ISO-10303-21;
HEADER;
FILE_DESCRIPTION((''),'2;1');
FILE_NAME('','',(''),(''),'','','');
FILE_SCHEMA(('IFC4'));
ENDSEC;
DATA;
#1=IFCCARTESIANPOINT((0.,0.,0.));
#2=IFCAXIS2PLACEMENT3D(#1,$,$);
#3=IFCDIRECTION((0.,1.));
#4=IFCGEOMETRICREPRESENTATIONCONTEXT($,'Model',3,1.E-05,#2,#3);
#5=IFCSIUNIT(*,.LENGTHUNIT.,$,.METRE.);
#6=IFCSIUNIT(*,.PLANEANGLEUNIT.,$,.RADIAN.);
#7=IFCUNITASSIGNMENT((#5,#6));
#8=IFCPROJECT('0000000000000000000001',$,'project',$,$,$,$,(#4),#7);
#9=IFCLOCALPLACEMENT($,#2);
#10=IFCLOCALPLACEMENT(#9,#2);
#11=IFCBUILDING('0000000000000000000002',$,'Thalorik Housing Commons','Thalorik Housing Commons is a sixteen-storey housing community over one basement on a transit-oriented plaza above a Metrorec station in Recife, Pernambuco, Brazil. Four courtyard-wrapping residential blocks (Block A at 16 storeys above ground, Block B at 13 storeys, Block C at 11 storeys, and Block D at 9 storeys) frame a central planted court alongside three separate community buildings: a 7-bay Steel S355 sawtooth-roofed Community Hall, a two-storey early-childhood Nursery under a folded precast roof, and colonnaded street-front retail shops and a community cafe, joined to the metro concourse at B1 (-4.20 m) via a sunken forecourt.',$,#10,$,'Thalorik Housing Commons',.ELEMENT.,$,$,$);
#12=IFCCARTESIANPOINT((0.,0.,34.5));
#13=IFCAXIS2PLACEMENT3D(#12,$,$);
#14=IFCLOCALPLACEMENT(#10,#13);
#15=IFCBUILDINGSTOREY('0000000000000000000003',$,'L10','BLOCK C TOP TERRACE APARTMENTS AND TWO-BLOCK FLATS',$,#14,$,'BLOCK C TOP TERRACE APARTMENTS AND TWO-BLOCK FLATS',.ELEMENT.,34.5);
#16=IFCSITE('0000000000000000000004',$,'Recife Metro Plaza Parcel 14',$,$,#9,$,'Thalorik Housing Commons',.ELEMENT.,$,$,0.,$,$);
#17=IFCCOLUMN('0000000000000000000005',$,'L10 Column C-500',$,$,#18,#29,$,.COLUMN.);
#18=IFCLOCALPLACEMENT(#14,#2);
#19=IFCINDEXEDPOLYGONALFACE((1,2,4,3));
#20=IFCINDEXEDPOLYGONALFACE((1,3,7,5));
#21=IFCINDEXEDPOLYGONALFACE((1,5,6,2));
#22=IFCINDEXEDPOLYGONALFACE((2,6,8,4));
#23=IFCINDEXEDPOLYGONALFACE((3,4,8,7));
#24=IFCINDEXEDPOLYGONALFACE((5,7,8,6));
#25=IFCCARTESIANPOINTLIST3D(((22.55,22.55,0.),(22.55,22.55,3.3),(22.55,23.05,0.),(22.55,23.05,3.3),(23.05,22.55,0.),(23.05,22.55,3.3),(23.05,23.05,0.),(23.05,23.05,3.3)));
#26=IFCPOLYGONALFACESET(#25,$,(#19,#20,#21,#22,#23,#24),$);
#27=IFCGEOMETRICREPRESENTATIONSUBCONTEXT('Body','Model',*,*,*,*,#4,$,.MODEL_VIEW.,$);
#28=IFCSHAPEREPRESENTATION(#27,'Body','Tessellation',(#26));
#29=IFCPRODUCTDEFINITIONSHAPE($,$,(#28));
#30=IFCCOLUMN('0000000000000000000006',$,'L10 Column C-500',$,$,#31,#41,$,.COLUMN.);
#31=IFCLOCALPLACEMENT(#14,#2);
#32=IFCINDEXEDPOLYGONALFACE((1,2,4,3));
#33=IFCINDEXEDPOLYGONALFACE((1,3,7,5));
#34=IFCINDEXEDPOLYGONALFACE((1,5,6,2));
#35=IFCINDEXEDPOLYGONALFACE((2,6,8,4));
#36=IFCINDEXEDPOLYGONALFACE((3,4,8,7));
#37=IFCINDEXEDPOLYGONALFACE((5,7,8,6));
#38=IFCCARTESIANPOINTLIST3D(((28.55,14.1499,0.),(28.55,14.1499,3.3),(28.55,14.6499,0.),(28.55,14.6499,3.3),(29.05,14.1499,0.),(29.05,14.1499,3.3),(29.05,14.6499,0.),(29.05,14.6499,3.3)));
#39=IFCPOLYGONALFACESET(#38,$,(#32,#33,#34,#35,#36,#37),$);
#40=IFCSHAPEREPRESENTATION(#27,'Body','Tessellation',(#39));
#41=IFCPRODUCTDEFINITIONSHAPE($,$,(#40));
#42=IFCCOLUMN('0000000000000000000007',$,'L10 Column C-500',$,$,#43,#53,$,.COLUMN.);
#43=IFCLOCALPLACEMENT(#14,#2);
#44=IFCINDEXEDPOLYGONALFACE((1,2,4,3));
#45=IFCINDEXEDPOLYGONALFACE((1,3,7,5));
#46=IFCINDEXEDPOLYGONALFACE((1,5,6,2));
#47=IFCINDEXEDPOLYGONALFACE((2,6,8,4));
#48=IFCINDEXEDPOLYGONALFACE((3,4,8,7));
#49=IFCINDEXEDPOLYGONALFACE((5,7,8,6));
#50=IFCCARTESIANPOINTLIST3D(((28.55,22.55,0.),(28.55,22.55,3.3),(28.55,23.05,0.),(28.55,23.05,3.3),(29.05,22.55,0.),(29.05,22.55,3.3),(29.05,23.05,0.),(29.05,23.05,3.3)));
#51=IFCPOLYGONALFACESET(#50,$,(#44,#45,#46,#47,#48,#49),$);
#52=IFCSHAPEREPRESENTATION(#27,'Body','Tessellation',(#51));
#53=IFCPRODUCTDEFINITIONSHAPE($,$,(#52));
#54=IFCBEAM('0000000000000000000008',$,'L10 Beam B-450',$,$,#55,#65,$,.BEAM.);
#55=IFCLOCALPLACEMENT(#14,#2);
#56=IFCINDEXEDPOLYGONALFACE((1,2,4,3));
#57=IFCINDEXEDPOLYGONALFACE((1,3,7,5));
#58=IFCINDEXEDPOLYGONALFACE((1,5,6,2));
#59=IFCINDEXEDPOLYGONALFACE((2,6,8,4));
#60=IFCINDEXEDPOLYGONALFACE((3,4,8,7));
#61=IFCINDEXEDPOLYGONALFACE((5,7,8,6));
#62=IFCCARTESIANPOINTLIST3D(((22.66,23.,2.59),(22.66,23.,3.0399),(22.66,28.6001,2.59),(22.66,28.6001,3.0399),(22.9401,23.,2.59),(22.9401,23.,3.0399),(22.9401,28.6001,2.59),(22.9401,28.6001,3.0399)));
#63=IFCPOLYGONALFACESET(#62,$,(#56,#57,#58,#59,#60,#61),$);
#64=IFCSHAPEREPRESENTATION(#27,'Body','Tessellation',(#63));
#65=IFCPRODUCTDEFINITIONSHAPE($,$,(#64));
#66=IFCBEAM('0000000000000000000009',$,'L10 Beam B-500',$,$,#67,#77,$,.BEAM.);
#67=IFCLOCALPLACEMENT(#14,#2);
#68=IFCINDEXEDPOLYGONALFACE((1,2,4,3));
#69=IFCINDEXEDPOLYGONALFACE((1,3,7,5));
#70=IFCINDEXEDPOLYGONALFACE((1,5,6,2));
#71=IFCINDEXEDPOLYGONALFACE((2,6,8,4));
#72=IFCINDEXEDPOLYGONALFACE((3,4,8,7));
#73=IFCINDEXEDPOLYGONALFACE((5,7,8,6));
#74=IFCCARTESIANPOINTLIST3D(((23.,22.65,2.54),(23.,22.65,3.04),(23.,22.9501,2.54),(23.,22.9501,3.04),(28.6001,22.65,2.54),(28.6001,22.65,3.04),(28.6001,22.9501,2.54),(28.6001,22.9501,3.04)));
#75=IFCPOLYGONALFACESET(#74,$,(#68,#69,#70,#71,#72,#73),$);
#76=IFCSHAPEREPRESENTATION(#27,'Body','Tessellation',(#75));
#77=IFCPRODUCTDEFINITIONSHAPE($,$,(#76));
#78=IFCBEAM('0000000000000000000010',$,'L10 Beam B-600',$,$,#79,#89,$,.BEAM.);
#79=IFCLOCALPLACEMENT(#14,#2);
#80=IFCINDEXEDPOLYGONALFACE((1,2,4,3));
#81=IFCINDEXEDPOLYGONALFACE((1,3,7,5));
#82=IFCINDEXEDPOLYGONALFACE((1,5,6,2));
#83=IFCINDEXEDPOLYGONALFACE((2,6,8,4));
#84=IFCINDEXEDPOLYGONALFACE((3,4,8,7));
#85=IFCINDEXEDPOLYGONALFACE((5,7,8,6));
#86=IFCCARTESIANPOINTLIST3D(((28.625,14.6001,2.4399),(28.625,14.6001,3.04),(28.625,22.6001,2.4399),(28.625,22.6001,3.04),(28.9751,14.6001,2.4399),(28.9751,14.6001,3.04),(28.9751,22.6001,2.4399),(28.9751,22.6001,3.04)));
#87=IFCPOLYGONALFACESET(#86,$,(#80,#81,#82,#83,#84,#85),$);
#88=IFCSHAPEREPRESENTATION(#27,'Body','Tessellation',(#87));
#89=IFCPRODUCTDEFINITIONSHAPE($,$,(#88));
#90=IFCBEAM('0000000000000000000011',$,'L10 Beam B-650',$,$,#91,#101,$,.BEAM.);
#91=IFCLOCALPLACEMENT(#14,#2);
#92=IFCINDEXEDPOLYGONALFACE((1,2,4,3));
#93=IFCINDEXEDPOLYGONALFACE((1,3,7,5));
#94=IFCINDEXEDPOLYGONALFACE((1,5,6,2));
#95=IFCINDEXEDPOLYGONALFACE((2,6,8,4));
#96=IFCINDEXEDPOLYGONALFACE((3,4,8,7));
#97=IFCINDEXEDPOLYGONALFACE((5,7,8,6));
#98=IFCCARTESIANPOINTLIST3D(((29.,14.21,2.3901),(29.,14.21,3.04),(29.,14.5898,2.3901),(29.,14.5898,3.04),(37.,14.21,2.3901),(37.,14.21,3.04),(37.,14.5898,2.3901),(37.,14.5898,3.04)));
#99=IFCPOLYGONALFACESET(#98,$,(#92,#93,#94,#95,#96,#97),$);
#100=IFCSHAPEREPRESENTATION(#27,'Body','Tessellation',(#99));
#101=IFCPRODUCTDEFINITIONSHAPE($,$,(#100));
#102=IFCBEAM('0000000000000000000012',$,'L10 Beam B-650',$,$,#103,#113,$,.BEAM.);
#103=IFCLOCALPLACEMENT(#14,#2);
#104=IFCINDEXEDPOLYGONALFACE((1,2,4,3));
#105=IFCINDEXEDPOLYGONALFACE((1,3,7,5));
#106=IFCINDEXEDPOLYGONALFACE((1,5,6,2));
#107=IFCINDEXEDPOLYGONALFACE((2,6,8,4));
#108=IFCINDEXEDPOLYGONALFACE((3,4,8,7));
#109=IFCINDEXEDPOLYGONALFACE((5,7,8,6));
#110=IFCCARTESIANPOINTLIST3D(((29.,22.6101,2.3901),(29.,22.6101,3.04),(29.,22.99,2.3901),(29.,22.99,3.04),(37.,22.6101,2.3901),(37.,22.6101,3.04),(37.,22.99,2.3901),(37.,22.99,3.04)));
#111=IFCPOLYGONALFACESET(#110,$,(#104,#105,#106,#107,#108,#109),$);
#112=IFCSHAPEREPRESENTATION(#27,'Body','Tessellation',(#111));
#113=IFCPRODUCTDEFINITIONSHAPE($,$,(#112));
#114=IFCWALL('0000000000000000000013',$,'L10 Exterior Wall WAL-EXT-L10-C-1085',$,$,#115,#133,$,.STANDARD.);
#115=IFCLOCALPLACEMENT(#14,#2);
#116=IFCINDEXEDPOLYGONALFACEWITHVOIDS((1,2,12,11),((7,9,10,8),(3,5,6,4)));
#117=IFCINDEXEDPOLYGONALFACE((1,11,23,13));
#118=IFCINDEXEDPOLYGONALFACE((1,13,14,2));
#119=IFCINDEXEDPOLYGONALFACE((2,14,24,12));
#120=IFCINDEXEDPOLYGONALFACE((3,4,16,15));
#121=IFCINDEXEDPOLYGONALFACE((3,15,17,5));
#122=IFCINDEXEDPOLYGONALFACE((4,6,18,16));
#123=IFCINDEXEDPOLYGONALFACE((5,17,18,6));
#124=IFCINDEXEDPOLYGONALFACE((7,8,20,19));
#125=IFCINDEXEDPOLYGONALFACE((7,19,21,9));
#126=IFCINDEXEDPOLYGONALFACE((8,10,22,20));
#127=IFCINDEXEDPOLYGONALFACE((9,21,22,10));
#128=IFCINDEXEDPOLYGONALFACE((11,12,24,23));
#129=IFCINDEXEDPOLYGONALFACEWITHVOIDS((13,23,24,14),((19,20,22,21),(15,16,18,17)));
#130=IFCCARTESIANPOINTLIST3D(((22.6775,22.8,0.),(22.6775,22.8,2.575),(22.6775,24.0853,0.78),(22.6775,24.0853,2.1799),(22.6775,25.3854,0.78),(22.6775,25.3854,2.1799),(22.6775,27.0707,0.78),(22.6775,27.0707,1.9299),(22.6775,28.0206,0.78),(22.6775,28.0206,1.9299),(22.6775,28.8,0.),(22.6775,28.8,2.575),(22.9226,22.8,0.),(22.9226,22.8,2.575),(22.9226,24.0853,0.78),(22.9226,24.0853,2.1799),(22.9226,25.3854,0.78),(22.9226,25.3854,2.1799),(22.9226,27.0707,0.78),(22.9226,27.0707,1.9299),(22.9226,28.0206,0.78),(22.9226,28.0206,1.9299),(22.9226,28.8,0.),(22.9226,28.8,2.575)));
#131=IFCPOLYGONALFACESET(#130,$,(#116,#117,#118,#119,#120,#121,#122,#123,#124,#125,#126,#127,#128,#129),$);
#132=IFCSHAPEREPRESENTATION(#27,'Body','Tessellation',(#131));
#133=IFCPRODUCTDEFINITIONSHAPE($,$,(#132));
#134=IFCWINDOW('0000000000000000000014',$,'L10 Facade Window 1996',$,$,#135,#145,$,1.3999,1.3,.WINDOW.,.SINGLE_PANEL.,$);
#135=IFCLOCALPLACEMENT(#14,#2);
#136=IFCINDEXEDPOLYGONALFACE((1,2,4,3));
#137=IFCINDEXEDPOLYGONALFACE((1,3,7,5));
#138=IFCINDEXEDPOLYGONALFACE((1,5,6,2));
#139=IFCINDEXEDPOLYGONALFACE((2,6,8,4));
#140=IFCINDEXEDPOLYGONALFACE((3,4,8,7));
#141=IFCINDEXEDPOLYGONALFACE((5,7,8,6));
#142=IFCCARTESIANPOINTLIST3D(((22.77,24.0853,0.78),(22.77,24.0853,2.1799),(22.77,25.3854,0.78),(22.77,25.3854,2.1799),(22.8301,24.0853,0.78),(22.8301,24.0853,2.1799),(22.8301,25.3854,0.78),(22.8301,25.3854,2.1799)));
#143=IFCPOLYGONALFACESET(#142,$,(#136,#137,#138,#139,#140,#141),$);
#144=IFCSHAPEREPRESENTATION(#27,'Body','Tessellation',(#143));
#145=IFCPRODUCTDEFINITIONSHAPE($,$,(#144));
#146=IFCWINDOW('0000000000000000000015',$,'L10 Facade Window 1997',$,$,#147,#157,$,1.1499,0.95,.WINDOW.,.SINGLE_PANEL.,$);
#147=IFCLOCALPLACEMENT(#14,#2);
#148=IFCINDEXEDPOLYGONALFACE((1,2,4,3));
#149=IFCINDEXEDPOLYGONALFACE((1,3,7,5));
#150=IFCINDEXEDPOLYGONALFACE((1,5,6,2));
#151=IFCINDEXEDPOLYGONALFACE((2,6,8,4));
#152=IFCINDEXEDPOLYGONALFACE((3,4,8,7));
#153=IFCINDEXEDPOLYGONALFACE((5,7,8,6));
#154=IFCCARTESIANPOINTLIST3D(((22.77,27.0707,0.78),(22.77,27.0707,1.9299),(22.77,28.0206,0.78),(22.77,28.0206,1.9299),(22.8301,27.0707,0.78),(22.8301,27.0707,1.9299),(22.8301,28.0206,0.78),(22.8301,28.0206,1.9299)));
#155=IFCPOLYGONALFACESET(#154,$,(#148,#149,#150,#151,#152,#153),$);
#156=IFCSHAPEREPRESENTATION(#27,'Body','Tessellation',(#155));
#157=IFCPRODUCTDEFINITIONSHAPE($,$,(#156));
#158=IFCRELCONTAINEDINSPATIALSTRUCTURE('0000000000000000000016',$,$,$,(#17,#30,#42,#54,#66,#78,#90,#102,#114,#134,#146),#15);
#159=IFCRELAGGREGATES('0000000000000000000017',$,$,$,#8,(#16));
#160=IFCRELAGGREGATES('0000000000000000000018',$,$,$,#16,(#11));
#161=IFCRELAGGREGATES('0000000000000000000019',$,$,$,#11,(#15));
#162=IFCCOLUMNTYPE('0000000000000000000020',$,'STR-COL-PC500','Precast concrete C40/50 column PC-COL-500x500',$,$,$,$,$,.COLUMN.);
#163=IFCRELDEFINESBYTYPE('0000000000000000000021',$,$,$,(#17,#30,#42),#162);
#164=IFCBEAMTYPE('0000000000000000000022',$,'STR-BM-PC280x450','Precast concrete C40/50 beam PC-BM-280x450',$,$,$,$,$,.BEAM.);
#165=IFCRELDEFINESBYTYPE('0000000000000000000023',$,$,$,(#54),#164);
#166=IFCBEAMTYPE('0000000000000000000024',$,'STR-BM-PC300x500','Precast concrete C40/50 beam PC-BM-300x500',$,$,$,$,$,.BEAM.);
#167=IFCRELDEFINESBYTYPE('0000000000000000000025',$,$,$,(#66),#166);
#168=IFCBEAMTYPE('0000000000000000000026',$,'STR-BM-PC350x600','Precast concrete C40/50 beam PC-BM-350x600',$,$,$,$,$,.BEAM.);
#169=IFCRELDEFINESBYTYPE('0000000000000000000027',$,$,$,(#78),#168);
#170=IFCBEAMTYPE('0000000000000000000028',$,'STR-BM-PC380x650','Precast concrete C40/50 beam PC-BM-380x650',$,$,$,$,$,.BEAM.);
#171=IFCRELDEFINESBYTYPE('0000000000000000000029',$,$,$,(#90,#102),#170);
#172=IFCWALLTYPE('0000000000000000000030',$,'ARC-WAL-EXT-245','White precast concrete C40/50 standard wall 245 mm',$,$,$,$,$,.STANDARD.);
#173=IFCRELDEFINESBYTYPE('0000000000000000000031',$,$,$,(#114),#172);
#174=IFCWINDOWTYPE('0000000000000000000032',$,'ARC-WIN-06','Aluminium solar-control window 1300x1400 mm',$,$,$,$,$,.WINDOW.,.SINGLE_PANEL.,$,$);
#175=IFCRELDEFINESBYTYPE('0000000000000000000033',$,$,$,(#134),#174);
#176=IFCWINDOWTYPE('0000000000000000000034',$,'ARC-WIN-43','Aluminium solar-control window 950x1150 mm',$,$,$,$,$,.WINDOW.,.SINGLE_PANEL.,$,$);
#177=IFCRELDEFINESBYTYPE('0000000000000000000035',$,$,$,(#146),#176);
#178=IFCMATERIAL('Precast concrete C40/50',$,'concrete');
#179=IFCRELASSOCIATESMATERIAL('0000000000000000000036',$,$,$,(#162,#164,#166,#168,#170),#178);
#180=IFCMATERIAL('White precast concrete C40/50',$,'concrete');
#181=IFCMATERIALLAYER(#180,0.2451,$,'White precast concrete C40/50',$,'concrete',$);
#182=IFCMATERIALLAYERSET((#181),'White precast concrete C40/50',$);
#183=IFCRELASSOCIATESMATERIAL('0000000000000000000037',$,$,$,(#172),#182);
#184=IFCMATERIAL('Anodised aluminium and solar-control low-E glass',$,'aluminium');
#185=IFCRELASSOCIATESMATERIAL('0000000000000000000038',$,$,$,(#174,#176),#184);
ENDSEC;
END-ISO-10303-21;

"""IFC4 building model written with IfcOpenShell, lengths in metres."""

from ifc_helpers import new_model, si_unit, direction, frame, frame_2d, origin, origin_2d, place, context, subcontext, project, spatial, rectangle, extrude, material, layer, layer_set, material_profile, profile_set, type_object, element, fill, save


model = new_model("IFC4")

# Units and contexts
model_context = context("Model", 3, precision=1e-05, world=origin(), true_north=direction((0.0, 1.0)))
body_context = subcontext(model_context, "Body", "Model", "MODEL_VIEW")
ifc_project = project(units=[si_unit("LENGTHUNIT", "METRE"), si_unit("PLANEANGLEUNIT", "RADIAN")], contexts=[model_context])

# Site, building, storey
site_placement = place(None, origin())
site = spatial("IfcSite", under=ifc_project, at=site_placement, Name="Recife Metro Plaza Parcel 14", LongName="Thalorik Housing Commons", CompositionType="ELEMENT", RefElevation=0.0)
building_placement = place(site_placement, origin())
building = spatial("IfcBuilding", under=site, at=building_placement, Name="Thalorik Housing Commons", Description="Thalorik Housing Commons is a sixteen-storey housing community over one basement on a transit-oriented plaza above a Metrorec station in Recife, Pernambuco, Brazil. Four courtyard-wrapping residential blocks (Block A at 16 storeys above ground, Block B at 13 storeys, Block C at 11 storeys, and Block D at 9 storeys) frame a central planted court alongside three separate community buildings: a 7-bay Steel S355 sawtooth-roofed Community Hall, a two-storey early-childhood Nursery under a folded precast roof, and colonnaded street-front retail shops and a community cafe, joined to the metro concourse at B1 (-4.20 m) via a sunken forecourt.", LongName="Thalorik Housing Commons", CompositionType="ELEMENT")
storey_placement = place(building_placement, frame((0.0, 0.0, 34.5)))
storey = spatial("IfcBuildingStorey", under=building, at=storey_placement, Name="L10", Description="BLOCK C TOP TERRACE APARTMENTS AND TWO-BLOCK FLATS", LongName="BLOCK C TOP TERRACE APARTMENTS AND TWO-BLOCK FLATS", CompositionType="ELEMENT", Elevation=34.5)

# Columns
ifc_material_1 = material(Name="Precast concrete C40/50", Category="concrete")
ifc_material_profile_1 = material_profile(ifc_material_1, rectangle(XDim=0.5, YDim=0.5, at=origin_2d()), Name="PC 500x500", Category="concrete")
ifc_profile_set_1 = profile_set([ifc_material_profile_1], Name="Precast concrete C40/50")
column_type = type_object("IfcColumnType", Name="STR-COL-PC500", Description="Precast concrete C40/50 column PC-COL-500x500", PredefinedType="COLUMN", material=ifc_profile_set_1)
for number, where, z_axis, x_axis, name in (
    (1, (22.8, 22.8, 0.0), (0.0, 0.0, 1.0), (1.0, 0.0, 0.0), "L10 Column C-500"),
    (2, (28.8, 14.3999, 0.0), (0.0, 0.0, 1.0), (1.0, 0.0, 0.0), "L10 Column C-500"),
    (3, (28.8, 22.8, 0.0), (0.0, 0.0, 1.0), (1.0, 0.0, 0.0), "L10 Column C-500"),
):
    element("IfcColumn", number, at=place(storey_placement, frame(where, z_axis=z_axis, x_axis=x_axis)), inside=storey, type_object=column_type, Name=name, PredefinedType="COLUMN", context=body_context, shape_type="SweptSolid", body=[
        extrude(rectangle(XDim=0.5, YDim=0.5, at=origin_2d()), origin(), (0.0, 0.0, 1.0), 3.3),
    ])

# Beams
ifc_material_profile_2 = material_profile(ifc_material_1, rectangle(XDim=0.28, YDim=0.45, at=origin_2d()), Name="PC 280x450", Category="concrete")
ifc_profile_set_2 = profile_set([ifc_material_profile_2], Name="Precast concrete C40/50")
beam_type_1 = type_object("IfcBeamType", Name="STR-BM-PC280x450", Description="Precast concrete C40/50 beam PC-BM-280x450", PredefinedType="BEAM", material=ifc_profile_set_2)
beam_1_placement = place(storey_placement, frame((22.8, 23.0, 2.8149), z_axis=(0.0, 1.0, 0.0), x_axis=(-1.0, 0.0, 0.0)))
element("IfcBeam", 4, at=beam_1_placement, inside=storey, type_object=beam_type_1, Name="L10 Beam B-450", PredefinedType="BEAM", context=body_context, shape_type="SweptSolid", body=[
    extrude(rectangle(XDim=0.28, YDim=0.45, at=origin_2d()), origin(), (0.0, 0.0, 1.0), 5.6001),
])
ifc_material_profile_3 = material_profile(ifc_material_1, rectangle(XDim=0.3, YDim=0.5, at=origin_2d()), Name="PC 300x500", Category="concrete")
ifc_profile_set_3 = profile_set([ifc_material_profile_3], Name="Precast concrete C40/50")
beam_type_2 = type_object("IfcBeamType", Name="STR-BM-PC300x500", Description="Precast concrete C40/50 beam PC-BM-300x500", PredefinedType="BEAM", material=ifc_profile_set_3)
beam_2_placement = place(storey_placement, frame((23.0, 22.8, 2.79), z_axis=(1.0, 0.0, 0.0), x_axis=(0.0, 1.0, 0.0)))
element("IfcBeam", 5, at=beam_2_placement, inside=storey, type_object=beam_type_2, Name="L10 Beam B-500", PredefinedType="BEAM", context=body_context, shape_type="SweptSolid", body=[
    extrude(rectangle(XDim=0.3, YDim=0.5, at=origin_2d()), origin(), (0.0, 0.0, 1.0), 5.6001),
])
ifc_material_profile_4 = material_profile(ifc_material_1, rectangle(XDim=0.3501, YDim=0.6001, at=origin_2d()), Name="PC 350x600", Category="concrete")
ifc_profile_set_4 = profile_set([ifc_material_profile_4], Name="Precast concrete C40/50")
beam_type_3 = type_object("IfcBeamType", Name="STR-BM-PC350x600", Description="Precast concrete C40/50 beam PC-BM-350x600", PredefinedType="BEAM", material=ifc_profile_set_4)
beam_3_placement = place(storey_placement, frame((28.8, 14.6001, 2.74), z_axis=(0.0, 1.0, 0.0), x_axis=(-1.0, 0.0, 0.0)))
element("IfcBeam", 6, at=beam_3_placement, inside=storey, type_object=beam_type_3, Name="L10 Beam B-600", PredefinedType="BEAM", context=body_context, shape_type="SweptSolid", body=[
    extrude(rectangle(XDim=0.3501, YDim=0.6001, at=origin_2d()), origin(), (0.0, 0.0, 1.0), 8.0),
])
ifc_material_profile_5 = material_profile(ifc_material_1, rectangle(XDim=0.3799, YDim=0.6499, at=origin_2d()), Name="PC 380x650", Category="concrete")
ifc_profile_set_5 = profile_set([ifc_material_profile_5], Name="Precast concrete C40/50")
beam_type_4 = type_object("IfcBeamType", Name="STR-BM-PC380x650", Description="Precast concrete C40/50 beam PC-BM-380x650", PredefinedType="BEAM", material=ifc_profile_set_5)
for number, where, z_axis, x_axis, name in (
    (7, (29.0, 14.3999, 2.7151), (1.0, 0.0, 0.0), (0.0, 1.0, 0.0), "L10 Beam B-650"),
    (8, (29.0, 22.8, 2.7151), (1.0, 0.0, 0.0), (0.0, 1.0, 0.0), "L10 Beam B-650"),
):
    element("IfcBeam", number, at=place(storey_placement, frame(where, z_axis=z_axis, x_axis=x_axis)), inside=storey, type_object=beam_type_4, Name=name, PredefinedType="BEAM", context=body_context, shape_type="SweptSolid", body=[
        extrude(rectangle(XDim=0.3799, YDim=0.6499, at=origin_2d()), origin(), (0.0, 0.0, 1.0), 8.0),
    ])

# Wall, openings, windows
ifc_material_2 = material(Name="White precast concrete C40/50", Category="concrete")
ifc_layer_1 = layer(ifc_material_2, 0.2451, Name="White precast concrete C40/50", Category="concrete")
ifc_layer_set_1 = layer_set([ifc_layer_1], Name="White precast concrete C40/50")
wall_type_1 = type_object("IfcWallType", Name="ARC-WAL-EXT-245", Description="White precast concrete C40/50 standard wall 245 mm", PredefinedType="STANDARD", material=ifc_layer_set_1)
wall_1_placement = place(storey_placement, frame((22.8, 22.8, 0.0), z_axis=(0.0, 0.0, 1.0), x_axis=(0.0, 1.0, 0.0)))
wall_1 = element("IfcWall", 9, at=wall_1_placement, inside=storey, type_object=wall_type_1, Name="L10 Exterior Wall WAL-EXT-L10-C-1085", PredefinedType="STANDARD", context=body_context, shape_type="SweptSolid", body=[
    extrude(rectangle(XDim=6.0, YDim=0.2451, at=frame_2d((3.0, 0.0))), origin(), (0.0, 0.0, 1.0), 2.575),
])
opening_1_placement = place(wall_1_placement, frame((1.2854, 0.0, 0.78)))
opening_1 = element("IfcOpeningElement", 10, at=opening_1_placement, cuts=wall_1, PredefinedType="OPENING", context=body_context, shape_type="SweptSolid", body=[
    extrude(rectangle(XDim=1.3, YDim=1.3999, at=frame_2d((0.6499, 0.7))), frame((0.0, 0.1326, 0.0), z_axis=(0.0, -1.0, 0.0), x_axis=(1.0, 0.0, 0.0)), (0.0, 0.0, 1.0), 0.2651),
])
opening_2_placement = place(wall_1_placement, frame((4.2705, 0.0, 0.78)))
opening_2 = element("IfcOpeningElement", 11, at=opening_2_placement, cuts=wall_1, PredefinedType="OPENING", context=body_context, shape_type="SweptSolid", body=[
    extrude(rectangle(XDim=0.95, YDim=1.1499, at=frame_2d((0.4751, 0.575))), frame((0.0, 0.1326, 0.0), z_axis=(0.0, -1.0, 0.0), x_axis=(1.0, 0.0, 0.0)), (0.0, 0.0, 1.0), 0.2651),
])
ifc_material_3 = material(Name="Anodised aluminium and solar-control low-E glass", Category="aluminium")
window_type_1 = type_object("IfcWindowType", Name="ARC-WIN-06", Description="Aluminium solar-control window 1300x1400 mm", PartitioningType="SINGLE_PANEL", PredefinedType="WINDOW", material=ifc_material_3)
window_1_placement = place(opening_1_placement, origin())
window_1 = element("IfcWindow", 12, at=window_1_placement, inside=storey, type_object=window_type_1, Name="L10 Facade Window 1996", OverallHeight=1.3999, OverallWidth=1.3, PartitioningType="SINGLE_PANEL", PredefinedType="WINDOW", context=body_context, shape_type="SweptSolid", body=[
    extrude(rectangle(XDim=1.3, YDim=1.3999, at=frame_2d((0.6499, 0.7))), frame((0.0, 0.03, 0.0), z_axis=(0.0, -1.0, 0.0), x_axis=(1.0, 0.0, 0.0)), (0.0, 0.0, 1.0), 0.0601),
])
fill(opening_1, window_1)
window_type_2 = type_object("IfcWindowType", Name="ARC-WIN-43", Description="Aluminium solar-control window 950x1150 mm", PartitioningType="SINGLE_PANEL", PredefinedType="WINDOW", material=ifc_material_3)
window_2_placement = place(opening_2_placement, origin())
window_2 = element("IfcWindow", 13, at=window_2_placement, inside=storey, type_object=window_type_2, Name="L10 Facade Window 1997", OverallHeight=1.1499, OverallWidth=0.95, PartitioningType="SINGLE_PANEL", PredefinedType="WINDOW", context=body_context, shape_type="SweptSolid", body=[
    extrude(rectangle(XDim=0.95, YDim=1.1499, at=frame_2d((0.4751, 0.575))), frame((0.0, 0.03, 0.0), z_axis=(0.0, -1.0, 0.0), x_axis=(1.0, 0.0, 0.0)), (0.0, 0.0, 1.0), 0.0601),
])
fill(opening_2, window_2)

save(model, "model.ifc")
